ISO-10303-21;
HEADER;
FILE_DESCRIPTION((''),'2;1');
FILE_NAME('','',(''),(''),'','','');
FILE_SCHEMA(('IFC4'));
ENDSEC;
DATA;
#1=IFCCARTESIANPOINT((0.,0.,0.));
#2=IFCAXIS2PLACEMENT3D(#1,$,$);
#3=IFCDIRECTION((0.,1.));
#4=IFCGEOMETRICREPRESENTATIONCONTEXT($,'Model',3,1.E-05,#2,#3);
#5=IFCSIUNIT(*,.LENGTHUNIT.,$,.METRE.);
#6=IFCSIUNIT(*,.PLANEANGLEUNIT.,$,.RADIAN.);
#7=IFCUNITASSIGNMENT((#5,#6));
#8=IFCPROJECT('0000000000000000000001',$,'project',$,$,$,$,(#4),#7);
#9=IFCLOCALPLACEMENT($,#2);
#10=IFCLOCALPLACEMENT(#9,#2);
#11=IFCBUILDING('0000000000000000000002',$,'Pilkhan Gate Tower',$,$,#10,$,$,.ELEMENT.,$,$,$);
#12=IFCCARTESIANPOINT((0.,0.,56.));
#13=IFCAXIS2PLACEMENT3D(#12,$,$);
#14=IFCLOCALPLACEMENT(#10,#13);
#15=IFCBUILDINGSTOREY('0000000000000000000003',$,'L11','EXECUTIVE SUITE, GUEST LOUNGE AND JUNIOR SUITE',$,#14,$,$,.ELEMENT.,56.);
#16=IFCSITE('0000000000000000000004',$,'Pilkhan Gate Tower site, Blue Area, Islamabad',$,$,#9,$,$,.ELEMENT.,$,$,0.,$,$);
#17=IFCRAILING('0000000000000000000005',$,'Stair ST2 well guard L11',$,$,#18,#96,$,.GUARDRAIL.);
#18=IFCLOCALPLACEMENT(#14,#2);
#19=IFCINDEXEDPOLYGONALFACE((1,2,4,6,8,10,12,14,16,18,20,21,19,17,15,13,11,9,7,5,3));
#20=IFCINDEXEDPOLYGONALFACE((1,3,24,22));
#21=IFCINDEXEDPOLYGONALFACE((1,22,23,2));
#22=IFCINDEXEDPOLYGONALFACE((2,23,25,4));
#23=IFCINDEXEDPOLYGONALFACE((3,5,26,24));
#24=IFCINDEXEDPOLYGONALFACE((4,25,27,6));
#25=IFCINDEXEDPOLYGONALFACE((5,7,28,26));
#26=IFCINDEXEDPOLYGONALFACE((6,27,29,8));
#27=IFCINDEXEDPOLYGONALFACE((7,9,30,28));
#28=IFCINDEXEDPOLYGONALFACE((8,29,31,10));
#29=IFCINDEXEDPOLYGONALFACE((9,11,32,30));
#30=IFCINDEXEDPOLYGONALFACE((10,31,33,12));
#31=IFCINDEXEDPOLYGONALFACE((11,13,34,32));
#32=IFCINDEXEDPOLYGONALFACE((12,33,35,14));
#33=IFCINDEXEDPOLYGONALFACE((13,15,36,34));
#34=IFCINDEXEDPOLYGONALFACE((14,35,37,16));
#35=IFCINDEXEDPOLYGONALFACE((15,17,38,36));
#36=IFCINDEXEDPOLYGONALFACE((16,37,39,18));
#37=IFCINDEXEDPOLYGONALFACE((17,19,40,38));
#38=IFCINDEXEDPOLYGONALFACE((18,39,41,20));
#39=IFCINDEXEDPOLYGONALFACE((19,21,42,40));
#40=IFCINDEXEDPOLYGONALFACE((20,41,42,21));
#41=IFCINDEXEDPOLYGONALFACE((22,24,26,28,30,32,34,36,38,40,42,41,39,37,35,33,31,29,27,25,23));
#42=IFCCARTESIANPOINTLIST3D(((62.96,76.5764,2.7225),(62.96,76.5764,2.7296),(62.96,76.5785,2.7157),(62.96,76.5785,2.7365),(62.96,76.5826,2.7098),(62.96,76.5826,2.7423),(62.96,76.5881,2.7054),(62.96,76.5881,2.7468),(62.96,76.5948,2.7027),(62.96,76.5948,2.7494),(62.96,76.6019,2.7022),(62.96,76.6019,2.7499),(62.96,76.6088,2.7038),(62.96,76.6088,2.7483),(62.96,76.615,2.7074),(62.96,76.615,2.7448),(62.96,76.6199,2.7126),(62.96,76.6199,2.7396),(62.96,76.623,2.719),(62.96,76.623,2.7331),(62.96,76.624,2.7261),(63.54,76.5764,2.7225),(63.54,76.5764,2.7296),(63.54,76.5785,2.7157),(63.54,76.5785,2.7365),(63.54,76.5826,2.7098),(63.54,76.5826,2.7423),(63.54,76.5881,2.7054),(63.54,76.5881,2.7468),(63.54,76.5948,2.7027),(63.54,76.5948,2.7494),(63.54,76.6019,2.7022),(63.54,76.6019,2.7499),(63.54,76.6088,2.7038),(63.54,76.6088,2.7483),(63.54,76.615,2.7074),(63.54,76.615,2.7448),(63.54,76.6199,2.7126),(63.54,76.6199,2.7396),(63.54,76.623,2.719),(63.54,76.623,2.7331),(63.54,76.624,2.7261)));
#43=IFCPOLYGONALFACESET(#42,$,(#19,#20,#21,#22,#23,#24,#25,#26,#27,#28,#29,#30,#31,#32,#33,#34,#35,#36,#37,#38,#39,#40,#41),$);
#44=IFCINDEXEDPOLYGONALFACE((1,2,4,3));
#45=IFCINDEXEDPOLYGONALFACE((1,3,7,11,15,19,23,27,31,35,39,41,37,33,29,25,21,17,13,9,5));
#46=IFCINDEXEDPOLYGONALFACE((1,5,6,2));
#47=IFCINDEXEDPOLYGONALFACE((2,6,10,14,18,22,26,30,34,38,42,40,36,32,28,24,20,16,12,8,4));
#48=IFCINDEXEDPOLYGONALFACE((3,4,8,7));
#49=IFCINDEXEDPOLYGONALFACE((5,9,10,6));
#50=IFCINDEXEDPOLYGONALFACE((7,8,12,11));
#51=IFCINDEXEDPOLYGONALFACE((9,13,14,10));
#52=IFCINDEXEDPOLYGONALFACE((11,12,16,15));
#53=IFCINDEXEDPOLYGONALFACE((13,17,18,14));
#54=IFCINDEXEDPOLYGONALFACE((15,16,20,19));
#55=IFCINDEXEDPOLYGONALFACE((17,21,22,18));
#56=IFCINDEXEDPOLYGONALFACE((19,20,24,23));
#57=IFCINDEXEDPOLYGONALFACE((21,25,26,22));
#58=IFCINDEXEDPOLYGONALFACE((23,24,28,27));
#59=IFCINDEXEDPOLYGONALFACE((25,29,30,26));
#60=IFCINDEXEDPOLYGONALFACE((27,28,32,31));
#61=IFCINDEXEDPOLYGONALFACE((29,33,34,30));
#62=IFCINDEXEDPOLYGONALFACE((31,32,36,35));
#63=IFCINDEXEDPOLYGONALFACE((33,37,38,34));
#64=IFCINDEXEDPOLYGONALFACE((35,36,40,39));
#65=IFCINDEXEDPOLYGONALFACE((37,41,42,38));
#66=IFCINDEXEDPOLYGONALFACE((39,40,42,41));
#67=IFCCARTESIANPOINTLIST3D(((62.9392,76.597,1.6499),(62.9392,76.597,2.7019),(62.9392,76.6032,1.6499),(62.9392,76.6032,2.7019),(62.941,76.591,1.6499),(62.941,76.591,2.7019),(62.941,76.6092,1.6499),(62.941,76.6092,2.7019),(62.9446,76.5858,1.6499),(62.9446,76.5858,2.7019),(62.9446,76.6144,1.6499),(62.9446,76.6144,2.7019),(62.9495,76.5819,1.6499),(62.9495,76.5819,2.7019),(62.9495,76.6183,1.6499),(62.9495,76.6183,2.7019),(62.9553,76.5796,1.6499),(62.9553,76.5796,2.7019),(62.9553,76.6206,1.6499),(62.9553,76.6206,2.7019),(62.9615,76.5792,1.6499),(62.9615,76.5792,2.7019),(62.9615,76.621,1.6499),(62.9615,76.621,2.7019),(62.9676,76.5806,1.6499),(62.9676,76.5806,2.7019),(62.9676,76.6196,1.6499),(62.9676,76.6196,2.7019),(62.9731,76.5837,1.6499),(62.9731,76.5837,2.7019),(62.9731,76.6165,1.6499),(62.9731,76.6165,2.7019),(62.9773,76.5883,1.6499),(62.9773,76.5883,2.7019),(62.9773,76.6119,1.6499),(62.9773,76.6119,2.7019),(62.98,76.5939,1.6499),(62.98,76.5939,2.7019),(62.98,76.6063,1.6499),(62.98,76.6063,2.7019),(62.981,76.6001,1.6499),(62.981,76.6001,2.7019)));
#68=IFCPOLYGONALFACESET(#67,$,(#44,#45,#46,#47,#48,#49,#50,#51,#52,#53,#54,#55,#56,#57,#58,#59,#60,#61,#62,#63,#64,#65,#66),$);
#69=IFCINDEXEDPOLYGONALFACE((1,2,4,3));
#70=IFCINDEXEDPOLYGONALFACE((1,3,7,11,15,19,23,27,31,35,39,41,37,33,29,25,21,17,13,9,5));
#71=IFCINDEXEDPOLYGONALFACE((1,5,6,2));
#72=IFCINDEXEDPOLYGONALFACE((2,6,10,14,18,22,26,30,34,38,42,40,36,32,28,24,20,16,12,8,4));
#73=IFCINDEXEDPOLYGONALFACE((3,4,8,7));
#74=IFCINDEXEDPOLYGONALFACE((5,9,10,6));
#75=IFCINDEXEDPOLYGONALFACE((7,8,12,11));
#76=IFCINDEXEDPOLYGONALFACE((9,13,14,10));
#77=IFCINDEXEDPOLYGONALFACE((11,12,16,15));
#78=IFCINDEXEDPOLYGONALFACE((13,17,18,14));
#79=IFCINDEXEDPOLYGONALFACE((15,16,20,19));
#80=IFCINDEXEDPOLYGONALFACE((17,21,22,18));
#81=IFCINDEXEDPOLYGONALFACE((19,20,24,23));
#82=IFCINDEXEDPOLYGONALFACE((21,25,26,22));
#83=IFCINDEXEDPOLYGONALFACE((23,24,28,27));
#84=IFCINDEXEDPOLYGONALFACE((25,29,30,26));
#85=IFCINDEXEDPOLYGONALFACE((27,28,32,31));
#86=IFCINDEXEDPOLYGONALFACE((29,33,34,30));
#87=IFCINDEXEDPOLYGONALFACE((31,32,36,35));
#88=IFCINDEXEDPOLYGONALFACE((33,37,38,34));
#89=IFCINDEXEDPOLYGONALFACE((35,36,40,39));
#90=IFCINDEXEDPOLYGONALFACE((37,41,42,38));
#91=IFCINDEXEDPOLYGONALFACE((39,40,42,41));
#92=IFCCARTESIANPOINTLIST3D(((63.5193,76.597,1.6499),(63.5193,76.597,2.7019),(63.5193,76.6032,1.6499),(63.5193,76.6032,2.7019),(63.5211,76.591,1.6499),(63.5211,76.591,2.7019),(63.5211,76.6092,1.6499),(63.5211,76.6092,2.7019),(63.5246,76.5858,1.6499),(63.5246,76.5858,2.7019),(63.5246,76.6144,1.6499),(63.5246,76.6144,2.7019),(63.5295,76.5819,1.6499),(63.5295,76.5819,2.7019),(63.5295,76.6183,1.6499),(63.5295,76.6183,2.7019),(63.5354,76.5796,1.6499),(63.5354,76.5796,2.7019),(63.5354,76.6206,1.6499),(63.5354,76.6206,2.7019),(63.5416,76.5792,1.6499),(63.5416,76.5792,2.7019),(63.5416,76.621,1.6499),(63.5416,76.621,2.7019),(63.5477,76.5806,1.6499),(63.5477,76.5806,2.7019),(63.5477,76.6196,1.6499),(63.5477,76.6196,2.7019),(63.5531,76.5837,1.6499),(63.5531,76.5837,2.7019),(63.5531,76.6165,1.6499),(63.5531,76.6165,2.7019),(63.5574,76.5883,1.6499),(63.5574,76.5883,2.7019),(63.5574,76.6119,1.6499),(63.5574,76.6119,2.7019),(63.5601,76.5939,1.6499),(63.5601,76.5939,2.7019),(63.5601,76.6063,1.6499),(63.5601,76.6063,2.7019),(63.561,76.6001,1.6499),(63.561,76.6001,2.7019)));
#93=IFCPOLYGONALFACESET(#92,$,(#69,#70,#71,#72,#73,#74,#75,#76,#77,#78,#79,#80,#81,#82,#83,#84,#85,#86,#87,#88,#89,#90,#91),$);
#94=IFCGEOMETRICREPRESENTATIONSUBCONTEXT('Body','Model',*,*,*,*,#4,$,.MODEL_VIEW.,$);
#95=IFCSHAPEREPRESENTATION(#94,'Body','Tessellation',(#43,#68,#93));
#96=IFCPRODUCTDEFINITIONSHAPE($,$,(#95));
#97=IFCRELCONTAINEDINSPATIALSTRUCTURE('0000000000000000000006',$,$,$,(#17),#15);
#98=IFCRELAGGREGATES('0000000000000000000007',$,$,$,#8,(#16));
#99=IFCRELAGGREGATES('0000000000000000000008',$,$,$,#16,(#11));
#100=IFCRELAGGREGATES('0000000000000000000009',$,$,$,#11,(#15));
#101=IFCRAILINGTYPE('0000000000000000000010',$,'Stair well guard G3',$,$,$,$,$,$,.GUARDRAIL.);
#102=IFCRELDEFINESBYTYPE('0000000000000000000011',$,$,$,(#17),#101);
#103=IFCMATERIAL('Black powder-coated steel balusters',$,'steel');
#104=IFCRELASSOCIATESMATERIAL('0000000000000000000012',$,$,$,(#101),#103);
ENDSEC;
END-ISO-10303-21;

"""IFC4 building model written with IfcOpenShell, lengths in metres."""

from ifc_helpers import new_model, si_unit, direction, frame, origin, origin_2d, place, context, subcontext, project, spatial, circle, extrude, material, type_object, element, save


model = new_model("IFC4")

# Units and contexts
model_context = context("Model", 3, precision=1e-05, world=origin(), true_north=direction((0.0, 1.0)))
body_context = subcontext(model_context, "Body", "Model", "MODEL_VIEW")
ifc_project = project(units=[si_unit("LENGTHUNIT", "METRE"), si_unit("PLANEANGLEUNIT", "RADIAN")], contexts=[model_context])

# Site, building, storey
site_placement = place(None, origin())
site = spatial("IfcSite", under=ifc_project, at=site_placement, Name="Pilkhan Gate Tower site, Blue Area, Islamabad", CompositionType="ELEMENT", RefElevation=0.0)
building_placement = place(site_placement, origin())
building = spatial("IfcBuilding", under=site, at=building_placement, Name="Pilkhan Gate Tower", CompositionType="ELEMENT")
storey_placement = place(building_placement, frame((0.0, 0.0, 56.0)))
storey = spatial("IfcBuildingStorey", under=building, at=storey_placement, Name="L11", Description="EXECUTIVE SUITE, GUEST LOUNGE AND JUNIOR SUITE", CompositionType="ELEMENT", Elevation=56.0)

# Railing
ifc_material_1 = material(Name="Black powder-coated steel balusters", Category="steel")
railing_type_1 = type_object("IfcRailingType", Name="Stair well guard G3", PredefinedType="GUARDRAIL", material=ifc_material_1)
for number, where, name in (
    (1, (62.96, 76.6001, 1.6499), "Stair ST2 well guard L11"),
):
    element("IfcRailing", number, at=place(storey_placement, frame(where)), inside=storey, type_object=railing_type_1, Name=name, PredefinedType="GUARDRAIL", context=body_context, shape_type="SweptSolid", body=[
        extrude(circle(Radius=0.0239, at=origin_2d()), frame((0.0, 0.0, 1.0762), z_axis=(1.0, 0.0, 0.0), x_axis=(0.0, 1.0, 0.0)), (0.0, 0.0, 1.0), 0.5801),
        extrude(circle(Radius=0.021, at=origin_2d()), origin(), (0.0, 0.0, 1.0), 1.052),
        extrude(circle(Radius=0.021, at=origin_2d()), frame((0.5801, 0.0, 0.0)), (0.0, 0.0, 1.0), 1.052),
    ])

save(model, "model.ifc")
